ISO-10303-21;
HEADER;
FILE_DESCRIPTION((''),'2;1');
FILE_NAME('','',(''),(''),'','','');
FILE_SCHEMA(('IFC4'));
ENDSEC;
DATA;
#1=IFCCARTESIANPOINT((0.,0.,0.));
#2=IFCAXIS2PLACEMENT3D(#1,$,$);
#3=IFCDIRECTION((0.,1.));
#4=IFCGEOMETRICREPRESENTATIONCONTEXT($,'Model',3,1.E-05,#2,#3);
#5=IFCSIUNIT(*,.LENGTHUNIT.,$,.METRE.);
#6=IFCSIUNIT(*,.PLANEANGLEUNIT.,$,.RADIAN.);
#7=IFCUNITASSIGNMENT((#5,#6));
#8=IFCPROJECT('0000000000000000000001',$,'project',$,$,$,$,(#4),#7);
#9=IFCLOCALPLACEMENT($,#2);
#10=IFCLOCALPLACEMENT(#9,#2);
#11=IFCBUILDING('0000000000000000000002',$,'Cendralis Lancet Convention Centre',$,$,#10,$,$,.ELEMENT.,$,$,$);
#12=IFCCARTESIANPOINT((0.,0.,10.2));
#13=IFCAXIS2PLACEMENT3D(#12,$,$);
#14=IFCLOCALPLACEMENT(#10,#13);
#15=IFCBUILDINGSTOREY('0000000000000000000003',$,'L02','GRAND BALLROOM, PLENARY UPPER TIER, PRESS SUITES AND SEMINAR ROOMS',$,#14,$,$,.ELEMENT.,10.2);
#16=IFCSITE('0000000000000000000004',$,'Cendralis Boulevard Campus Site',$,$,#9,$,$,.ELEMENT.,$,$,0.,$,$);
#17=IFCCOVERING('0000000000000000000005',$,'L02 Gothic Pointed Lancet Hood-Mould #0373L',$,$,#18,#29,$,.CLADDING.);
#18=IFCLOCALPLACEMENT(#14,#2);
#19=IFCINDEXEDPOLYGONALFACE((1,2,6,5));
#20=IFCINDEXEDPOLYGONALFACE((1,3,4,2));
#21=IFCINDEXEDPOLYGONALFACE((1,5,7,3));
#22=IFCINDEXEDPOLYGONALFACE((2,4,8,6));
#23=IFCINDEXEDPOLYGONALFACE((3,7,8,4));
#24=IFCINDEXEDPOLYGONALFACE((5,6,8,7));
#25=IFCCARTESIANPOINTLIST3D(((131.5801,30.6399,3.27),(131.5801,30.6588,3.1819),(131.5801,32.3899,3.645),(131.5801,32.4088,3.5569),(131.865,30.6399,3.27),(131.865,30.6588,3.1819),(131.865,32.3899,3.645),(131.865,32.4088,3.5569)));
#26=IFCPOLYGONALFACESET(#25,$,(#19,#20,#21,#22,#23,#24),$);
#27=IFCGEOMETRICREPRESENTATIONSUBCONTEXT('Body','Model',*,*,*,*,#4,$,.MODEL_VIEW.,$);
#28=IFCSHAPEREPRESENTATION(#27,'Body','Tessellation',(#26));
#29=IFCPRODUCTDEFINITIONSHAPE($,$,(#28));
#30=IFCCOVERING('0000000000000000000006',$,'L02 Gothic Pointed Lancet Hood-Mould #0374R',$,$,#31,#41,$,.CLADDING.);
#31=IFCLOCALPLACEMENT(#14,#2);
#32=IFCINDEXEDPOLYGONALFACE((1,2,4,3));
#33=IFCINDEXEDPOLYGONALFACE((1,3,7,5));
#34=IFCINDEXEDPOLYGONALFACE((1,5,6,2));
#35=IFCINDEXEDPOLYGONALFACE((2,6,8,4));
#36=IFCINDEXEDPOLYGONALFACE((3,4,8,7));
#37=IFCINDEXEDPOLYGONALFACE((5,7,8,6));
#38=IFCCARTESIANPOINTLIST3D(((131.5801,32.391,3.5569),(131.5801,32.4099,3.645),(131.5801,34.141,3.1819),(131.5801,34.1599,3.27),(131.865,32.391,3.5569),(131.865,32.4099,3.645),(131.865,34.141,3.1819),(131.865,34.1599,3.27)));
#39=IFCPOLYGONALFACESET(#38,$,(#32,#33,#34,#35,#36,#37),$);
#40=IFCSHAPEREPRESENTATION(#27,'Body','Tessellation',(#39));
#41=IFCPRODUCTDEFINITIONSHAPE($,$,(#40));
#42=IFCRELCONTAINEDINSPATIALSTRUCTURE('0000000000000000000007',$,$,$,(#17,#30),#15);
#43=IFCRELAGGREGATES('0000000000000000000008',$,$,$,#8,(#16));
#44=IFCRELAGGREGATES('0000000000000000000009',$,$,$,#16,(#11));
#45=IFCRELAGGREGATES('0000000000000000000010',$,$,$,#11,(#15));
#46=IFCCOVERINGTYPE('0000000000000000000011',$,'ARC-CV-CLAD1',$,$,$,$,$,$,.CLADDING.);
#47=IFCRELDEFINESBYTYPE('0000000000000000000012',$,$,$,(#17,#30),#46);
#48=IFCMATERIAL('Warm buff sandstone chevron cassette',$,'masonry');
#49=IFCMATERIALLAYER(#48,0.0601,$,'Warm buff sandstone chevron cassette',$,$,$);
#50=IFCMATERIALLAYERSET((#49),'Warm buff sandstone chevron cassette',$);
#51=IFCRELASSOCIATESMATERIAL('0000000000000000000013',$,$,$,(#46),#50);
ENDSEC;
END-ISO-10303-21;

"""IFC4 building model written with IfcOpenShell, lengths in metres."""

from ifc_helpers import new_model, si_unit, direction, frame, origin, place, context, subcontext, project, spatial, polyline, outline, extrude, material, layer, layer_set, type_object, element, save


model = new_model("IFC4")

# Units and contexts
model_context = context("Model", 3, precision=1e-05, world=origin(), true_north=direction((0.0, 1.0)))
body_context = subcontext(model_context, "Body", "Model", "MODEL_VIEW")
ifc_project = project(units=[si_unit("LENGTHUNIT", "METRE"), si_unit("PLANEANGLEUNIT", "RADIAN")], contexts=[model_context])

# Site, building, storey
site_placement = place(None, origin())
site = spatial("IfcSite", under=ifc_project, at=site_placement, Name="Cendralis Boulevard Campus Site", CompositionType="ELEMENT", RefElevation=0.0)
building_placement = place(site_placement, origin())
building = spatial("IfcBuilding", under=site, at=building_placement, Name="Cendralis Lancet Convention Centre", CompositionType="ELEMENT")
storey_placement = place(building_placement, frame((0.0, 0.0, 10.2)))
storey = spatial("IfcBuildingStorey", under=building, at=storey_placement, Name="L02", Description="GRAND BALLROOM, PLENARY UPPER TIER, PRESS SUITES AND SEMINAR ROOMS", CompositionType="ELEMENT", Elevation=10.2)

# Coverings
ifc_material_1 = material(Name="Warm buff sandstone chevron cassette", Category="masonry")
ifc_layer_1 = layer(ifc_material_1, 0.0601, Name="Warm buff sandstone chevron cassette")
ifc_layer_set_1 = layer_set([ifc_layer_1], Name="Warm buff sandstone chevron cassette")
covering_type = type_object("IfcCoveringType", Name="ARC-CV-CLAD1", PredefinedType="CLADDING", material=ifc_layer_set_1)
for number, where, z_axis, x_axis, name in (
    (1, (131.5801, 30.6399, 3.27), (0.0, -0.209529, 0.977802), (1.0, 0.0, 0.0), "L02 Gothic Pointed Lancet Hood-Mould #0373L"),
    (2, (131.5801, 32.4099, 3.645), (0.0, 0.209529, 0.977802), (1.0, 0.0, 0.0), "L02 Gothic Pointed Lancet Hood-Mould #0374R"),
):
    element("IfcCovering", number, at=place(storey_placement, frame(where, z_axis=z_axis, x_axis=x_axis)), inside=storey, type_object=covering_type, Name=name, PredefinedType="CLADDING", context=body_context, shape_type="SweptSolid", body=[
        extrude(outline(polyline([(0.0, 0.0), (0.2849, 0.0), (0.2849, 1.7897), (0.0, 1.7897), (0.0, 0.0)])), origin(), (0.0, 0.0, -1.0), 0.0901),
    ])

save(model, "model.ifc")
